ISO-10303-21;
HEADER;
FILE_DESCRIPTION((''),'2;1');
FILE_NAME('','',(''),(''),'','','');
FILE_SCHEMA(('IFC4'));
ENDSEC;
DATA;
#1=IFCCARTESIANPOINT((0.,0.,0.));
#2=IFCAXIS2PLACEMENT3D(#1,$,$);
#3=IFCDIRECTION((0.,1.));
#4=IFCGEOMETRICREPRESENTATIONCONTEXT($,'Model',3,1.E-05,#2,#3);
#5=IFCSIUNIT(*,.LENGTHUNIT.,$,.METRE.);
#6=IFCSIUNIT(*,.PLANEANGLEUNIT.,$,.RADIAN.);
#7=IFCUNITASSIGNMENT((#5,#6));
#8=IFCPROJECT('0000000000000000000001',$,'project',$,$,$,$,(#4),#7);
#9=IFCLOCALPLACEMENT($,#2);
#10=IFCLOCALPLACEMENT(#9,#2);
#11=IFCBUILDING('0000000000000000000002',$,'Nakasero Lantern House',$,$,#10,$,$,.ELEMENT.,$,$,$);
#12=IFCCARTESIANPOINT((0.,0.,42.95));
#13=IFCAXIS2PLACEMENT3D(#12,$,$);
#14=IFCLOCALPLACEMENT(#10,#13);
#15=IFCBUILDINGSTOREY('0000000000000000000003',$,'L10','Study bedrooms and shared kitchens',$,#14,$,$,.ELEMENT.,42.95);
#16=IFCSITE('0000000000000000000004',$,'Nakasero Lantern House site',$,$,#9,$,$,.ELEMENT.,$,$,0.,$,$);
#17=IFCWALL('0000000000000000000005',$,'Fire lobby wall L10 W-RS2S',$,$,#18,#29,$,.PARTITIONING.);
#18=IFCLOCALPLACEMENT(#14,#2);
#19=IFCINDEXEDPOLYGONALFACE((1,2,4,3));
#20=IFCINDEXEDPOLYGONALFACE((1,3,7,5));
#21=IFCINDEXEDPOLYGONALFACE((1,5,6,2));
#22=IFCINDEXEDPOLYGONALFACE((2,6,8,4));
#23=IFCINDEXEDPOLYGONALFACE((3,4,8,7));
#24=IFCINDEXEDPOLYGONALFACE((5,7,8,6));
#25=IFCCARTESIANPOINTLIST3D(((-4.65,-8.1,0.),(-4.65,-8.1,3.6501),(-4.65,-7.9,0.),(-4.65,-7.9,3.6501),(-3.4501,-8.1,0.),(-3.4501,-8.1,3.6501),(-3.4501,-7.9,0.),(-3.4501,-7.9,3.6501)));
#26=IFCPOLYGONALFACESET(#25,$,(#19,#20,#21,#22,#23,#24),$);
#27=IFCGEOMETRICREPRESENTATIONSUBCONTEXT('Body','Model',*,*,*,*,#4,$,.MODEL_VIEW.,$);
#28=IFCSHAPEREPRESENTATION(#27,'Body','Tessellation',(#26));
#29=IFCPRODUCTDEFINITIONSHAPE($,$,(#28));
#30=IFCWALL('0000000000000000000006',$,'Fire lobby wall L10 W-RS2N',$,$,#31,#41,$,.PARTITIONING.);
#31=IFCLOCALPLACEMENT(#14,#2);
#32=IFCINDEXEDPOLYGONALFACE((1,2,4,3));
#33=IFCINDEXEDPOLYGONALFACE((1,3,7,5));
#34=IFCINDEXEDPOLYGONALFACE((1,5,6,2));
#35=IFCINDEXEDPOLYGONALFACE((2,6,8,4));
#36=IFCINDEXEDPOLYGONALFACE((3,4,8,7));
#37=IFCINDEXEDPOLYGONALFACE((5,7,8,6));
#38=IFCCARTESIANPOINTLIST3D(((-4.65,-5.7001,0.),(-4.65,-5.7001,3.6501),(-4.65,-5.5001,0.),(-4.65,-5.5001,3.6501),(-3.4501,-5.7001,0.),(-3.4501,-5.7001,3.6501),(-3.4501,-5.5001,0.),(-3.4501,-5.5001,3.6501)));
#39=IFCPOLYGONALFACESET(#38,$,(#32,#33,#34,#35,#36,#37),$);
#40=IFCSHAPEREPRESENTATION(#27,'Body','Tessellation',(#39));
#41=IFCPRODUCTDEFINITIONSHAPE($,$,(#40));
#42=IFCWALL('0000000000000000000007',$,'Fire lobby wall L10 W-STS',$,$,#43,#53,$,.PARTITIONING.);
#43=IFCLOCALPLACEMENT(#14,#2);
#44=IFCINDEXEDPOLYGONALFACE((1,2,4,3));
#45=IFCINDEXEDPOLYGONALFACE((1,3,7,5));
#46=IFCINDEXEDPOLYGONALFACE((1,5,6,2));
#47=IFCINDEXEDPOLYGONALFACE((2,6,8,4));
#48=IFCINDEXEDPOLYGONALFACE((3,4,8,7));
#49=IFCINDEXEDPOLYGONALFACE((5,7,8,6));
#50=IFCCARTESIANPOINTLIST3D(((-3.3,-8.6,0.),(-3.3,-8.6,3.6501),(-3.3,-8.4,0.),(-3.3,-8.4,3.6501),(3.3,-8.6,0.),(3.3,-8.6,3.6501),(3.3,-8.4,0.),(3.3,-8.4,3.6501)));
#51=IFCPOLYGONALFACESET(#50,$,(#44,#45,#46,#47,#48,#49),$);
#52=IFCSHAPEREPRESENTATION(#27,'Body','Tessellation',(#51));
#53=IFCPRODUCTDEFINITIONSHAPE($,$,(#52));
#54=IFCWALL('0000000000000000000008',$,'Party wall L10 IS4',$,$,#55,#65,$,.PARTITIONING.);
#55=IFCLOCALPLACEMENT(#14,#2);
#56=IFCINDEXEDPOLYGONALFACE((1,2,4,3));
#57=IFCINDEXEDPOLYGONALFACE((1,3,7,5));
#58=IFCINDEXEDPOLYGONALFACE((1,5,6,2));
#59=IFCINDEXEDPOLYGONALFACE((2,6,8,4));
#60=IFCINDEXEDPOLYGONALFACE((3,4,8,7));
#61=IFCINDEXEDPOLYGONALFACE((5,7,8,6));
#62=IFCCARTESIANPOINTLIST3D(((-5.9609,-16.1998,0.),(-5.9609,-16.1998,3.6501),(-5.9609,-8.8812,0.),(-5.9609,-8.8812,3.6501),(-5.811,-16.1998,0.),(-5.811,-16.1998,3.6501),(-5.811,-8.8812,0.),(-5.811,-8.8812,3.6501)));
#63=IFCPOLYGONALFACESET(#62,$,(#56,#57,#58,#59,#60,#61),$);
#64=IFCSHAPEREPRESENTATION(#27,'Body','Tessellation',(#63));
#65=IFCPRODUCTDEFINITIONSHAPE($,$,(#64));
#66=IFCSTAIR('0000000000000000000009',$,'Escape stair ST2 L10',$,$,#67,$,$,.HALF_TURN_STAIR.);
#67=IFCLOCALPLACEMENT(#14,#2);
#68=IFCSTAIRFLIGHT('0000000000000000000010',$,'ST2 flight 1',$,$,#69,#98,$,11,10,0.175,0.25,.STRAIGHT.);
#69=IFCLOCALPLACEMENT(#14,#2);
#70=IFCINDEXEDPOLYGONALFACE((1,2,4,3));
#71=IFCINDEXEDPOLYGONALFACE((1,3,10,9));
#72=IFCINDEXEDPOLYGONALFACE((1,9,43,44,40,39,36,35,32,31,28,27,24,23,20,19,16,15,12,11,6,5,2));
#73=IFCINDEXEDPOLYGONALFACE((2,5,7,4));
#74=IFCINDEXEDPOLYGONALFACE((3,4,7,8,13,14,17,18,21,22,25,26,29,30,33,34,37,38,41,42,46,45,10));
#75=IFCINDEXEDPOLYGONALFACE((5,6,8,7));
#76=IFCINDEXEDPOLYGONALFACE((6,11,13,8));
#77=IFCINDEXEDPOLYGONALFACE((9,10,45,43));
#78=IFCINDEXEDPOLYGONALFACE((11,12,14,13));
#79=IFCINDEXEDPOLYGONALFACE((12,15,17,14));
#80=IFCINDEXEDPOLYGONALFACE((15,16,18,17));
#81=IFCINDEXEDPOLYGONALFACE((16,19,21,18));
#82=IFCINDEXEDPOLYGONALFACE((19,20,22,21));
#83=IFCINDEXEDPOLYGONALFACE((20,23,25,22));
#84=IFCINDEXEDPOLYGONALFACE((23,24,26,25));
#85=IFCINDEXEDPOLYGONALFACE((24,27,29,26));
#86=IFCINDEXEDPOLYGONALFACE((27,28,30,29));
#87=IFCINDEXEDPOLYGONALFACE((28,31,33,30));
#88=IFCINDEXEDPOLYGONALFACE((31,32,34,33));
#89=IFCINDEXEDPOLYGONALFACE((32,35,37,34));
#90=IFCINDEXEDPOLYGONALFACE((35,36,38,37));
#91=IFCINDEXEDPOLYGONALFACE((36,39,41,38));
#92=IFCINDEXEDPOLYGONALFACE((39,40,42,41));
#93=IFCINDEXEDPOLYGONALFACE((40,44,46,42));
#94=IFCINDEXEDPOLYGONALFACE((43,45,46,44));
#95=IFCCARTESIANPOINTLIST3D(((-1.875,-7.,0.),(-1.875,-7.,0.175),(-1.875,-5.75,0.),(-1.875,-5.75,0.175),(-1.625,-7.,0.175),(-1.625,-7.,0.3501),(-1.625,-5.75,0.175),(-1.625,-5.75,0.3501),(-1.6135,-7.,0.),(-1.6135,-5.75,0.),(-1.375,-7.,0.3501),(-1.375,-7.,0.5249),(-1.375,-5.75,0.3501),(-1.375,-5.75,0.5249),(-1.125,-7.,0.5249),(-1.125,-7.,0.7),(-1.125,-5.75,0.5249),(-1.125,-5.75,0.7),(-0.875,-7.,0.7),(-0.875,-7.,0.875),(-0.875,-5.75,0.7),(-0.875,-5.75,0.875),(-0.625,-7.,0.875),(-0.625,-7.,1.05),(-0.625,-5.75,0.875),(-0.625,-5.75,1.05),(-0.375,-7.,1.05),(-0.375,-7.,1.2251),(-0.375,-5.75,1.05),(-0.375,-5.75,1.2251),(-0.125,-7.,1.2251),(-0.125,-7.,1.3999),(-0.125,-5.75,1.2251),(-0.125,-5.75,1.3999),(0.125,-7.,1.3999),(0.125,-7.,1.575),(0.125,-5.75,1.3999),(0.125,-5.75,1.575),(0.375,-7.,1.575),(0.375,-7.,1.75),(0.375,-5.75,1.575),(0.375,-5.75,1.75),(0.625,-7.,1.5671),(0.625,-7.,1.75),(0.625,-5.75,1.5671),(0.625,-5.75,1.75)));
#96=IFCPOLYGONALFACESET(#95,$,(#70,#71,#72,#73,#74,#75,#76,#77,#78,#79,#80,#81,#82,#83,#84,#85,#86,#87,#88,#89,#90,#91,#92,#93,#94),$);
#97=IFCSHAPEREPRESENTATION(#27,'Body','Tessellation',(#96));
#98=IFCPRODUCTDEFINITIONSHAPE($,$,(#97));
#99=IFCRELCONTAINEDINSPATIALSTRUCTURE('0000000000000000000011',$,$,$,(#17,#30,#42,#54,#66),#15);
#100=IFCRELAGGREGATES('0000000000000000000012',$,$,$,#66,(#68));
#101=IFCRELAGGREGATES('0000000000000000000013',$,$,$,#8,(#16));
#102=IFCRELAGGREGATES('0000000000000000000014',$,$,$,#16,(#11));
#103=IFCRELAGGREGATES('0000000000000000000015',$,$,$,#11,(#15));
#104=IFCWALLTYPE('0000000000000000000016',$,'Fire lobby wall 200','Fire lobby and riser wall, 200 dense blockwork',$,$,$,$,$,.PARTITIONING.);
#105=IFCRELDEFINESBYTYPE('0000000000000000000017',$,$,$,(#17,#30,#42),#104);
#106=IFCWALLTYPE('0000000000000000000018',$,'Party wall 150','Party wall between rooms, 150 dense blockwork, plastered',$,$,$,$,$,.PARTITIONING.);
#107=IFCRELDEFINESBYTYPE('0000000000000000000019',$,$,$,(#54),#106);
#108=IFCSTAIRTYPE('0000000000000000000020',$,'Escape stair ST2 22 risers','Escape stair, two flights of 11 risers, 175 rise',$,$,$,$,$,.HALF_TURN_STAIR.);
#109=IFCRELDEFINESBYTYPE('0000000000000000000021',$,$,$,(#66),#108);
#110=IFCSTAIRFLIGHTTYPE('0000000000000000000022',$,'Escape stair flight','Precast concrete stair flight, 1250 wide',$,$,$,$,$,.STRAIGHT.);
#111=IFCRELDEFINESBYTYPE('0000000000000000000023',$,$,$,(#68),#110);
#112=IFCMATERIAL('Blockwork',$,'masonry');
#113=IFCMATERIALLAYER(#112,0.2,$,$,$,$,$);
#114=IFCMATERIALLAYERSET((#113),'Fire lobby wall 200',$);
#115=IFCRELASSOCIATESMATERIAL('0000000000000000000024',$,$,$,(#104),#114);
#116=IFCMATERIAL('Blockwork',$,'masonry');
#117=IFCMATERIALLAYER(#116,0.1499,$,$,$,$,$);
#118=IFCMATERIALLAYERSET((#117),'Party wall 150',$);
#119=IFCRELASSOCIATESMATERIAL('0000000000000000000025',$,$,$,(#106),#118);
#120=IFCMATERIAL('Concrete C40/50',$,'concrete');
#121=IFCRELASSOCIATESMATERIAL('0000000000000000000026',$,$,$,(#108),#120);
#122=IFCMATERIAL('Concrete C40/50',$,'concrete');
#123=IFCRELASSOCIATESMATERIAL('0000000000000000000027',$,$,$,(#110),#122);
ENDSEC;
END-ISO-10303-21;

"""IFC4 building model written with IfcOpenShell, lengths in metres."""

from ifc_helpers import new_model, si_unit, direction, frame, frame_2d, origin, place, context, subcontext, project, spatial, polyline, rectangle, outline, extrude, material, layer, layer_set, type_object, element, aggregate, save


model = new_model("IFC4")

# Units and contexts
model_context = context("Model", 3, precision=1e-05, world=origin(), true_north=direction((0.0, 1.0)))
body_context = subcontext(model_context, "Body", "Model", "MODEL_VIEW")
ifc_project = project(units=[si_unit("LENGTHUNIT", "METRE"), si_unit("PLANEANGLEUNIT", "RADIAN")], contexts=[model_context])

# Site, building, storey
site_placement = place(None, origin())
site = spatial("IfcSite", under=ifc_project, at=site_placement, Name="Nakasero Lantern House site", CompositionType="ELEMENT", RefElevation=0.0)
building_placement = place(site_placement, origin())
building = spatial("IfcBuilding", under=site, at=building_placement, Name="Nakasero Lantern House", CompositionType="ELEMENT")
storey_placement = place(building_placement, frame((0.0, 0.0, 42.95)))
storey = spatial("IfcBuildingStorey", under=building, at=storey_placement, Name="L10", Description="Study bedrooms and shared kitchens", CompositionType="ELEMENT", Elevation=42.95)

# Shared definitions
ifc_material_1 = material(Name="Blockwork", Category="masonry")
ifc_layer_1 = layer(ifc_material_1, 0.2)
ifc_layer_set_1 = layer_set([ifc_layer_1], Name="Fire lobby wall 200")
wall_type_1 = type_object("IfcWallType", Name="Fire lobby wall 200", Description="Fire lobby and riser wall, 200 dense blockwork", PredefinedType="PARTITIONING", material=ifc_layer_set_1)

# Walls
for number, where, z_axis, x_axis, name in (
    (1, (-3.45, -8.0, 0.0), (0.0, 0.0, 1.0), (-1.0, 0.0, 0.0), "Fire lobby wall L10 W-RS2S"),
    (2, (-3.45, -5.6001, 0.0), (0.0, 0.0, 1.0), (-1.0, 0.0, 0.0), "Fire lobby wall L10 W-RS2N"),
):
    element("IfcWall", number, at=place(storey_placement, frame(where, z_axis=z_axis, x_axis=x_axis)), inside=storey, type_object=wall_type_1, Name=name, PredefinedType="PARTITIONING", context=body_context, shape_type="SweptSolid", body=[
        extrude(rectangle(XDim=1.2, YDim=0.2, at=frame_2d((0.6001, 0.0))), origin(), (0.0, 0.0, 1.0), 3.6501),
    ])
wall_1_placement = place(storey_placement, frame((-3.3, -8.5, 0.0), z_axis=(0.0, 0.0, 1.0), x_axis=(1.0, 0.0, 0.0)))
element("IfcWall", 3, at=wall_1_placement, inside=storey, type_object=wall_type_1, Name="Fire lobby wall L10 W-STS", PredefinedType="PARTITIONING", context=body_context, shape_type="SweptSolid", body=[
    extrude(rectangle(XDim=6.6001, YDim=0.2, at=frame_2d((3.3, 0.0))), origin(), (0.0, 0.0, 1.0), 3.6501),
])
ifc_material_2 = material(Name="Blockwork", Category="masonry")
ifc_layer_2 = layer(ifc_material_2, 0.1499)
ifc_layer_set_2 = layer_set([ifc_layer_2], Name="Party wall 150")
wall_type_2 = type_object("IfcWallType", Name="Party wall 150", Description="Party wall between rooms, 150 dense blockwork, plastered", PredefinedType="PARTITIONING", material=ifc_layer_set_2)
wall_2_placement = place(storey_placement, frame((-5.886, -8.8813, 0.0), z_axis=(0.0, 0.0, 1.0), x_axis=(0.0, -1.0, 0.0)))
element("IfcWall", 4, at=wall_2_placement, inside=storey, type_object=wall_type_2, Name="Party wall L10 IS4", PredefinedType="PARTITIONING", context=body_context, shape_type="SweptSolid", body=[
    extrude(rectangle(XDim=7.3186, YDim=0.1499, at=frame_2d((3.6592, 0.0))), origin(), (0.0, 0.0, 1.0), 3.6501),
])

# Stair, stair flight
ifc_material_3 = material(Name="Concrete C40/50", Category="concrete")
stair_type = type_object("IfcStairType", Name="Escape stair ST2 22 risers", Description="Escape stair, two flights of 11 risers, 175 rise", PredefinedType="HALF_TURN_STAIR", material=ifc_material_3)
stair_placement = place(storey_placement, origin())
stair = element("IfcStair", 5, at=stair_placement, inside=storey, type_object=stair_type, Name="Escape stair ST2 L10", PredefinedType="HALF_TURN_STAIR")
ifc_material_4 = material(Name="Concrete C40/50", Category="concrete")
stair_flight_type = type_object("IfcStairFlightType", Name="Escape stair flight", Description="Precast concrete stair flight, 1250 wide", PredefinedType="STRAIGHT", material=ifc_material_4)
stair_flight_placement = place(storey_placement, frame((-1.875, -6.375, 0.0), z_axis=(0.0, 0.0, 1.0), x_axis=(1.0, 0.0, 0.0)))
stair_flight = element("IfcStairFlight", 6, at=stair_flight_placement, type_object=stair_flight_type, Name="ST2 flight 1", NumberOfRisers=11, NumberOfTreads=10, PredefinedType="STRAIGHT", RiserHeight=0.175, TreadLength=0.25, context=body_context, shape_type="SweptSolid", body=[
    extrude(outline(polyline([(0.0, 0.0), (0.0, 0.175), (0.25, 0.175), (0.25, 0.3501), (0.5, 0.3501), (0.5, 0.5249), (0.75, 0.5249), (0.75, 0.7), (1.0, 0.7), (1.0, 0.875), (1.25, 0.875), (1.25, 1.05), (1.5, 1.05), (1.5, 1.2251), (1.75, 1.2251), (1.75, 1.3999), (2.0, 1.3999), (2.0, 1.575), (2.25, 1.575), (2.25, 1.75), (2.5, 1.75), (2.5, 1.925), (2.5, 1.5671), (0.2615, 0.0), (0.0, 0.0)])), frame((0.0, 0.625, 0.0), z_axis=(0.0, -1.0, 0.0), x_axis=(1.0, 0.0, 0.0)), (0.0, 0.0, 1.0), 1.25),
])
aggregate(stair, [stair_flight])

save(model, "model.ifc")
